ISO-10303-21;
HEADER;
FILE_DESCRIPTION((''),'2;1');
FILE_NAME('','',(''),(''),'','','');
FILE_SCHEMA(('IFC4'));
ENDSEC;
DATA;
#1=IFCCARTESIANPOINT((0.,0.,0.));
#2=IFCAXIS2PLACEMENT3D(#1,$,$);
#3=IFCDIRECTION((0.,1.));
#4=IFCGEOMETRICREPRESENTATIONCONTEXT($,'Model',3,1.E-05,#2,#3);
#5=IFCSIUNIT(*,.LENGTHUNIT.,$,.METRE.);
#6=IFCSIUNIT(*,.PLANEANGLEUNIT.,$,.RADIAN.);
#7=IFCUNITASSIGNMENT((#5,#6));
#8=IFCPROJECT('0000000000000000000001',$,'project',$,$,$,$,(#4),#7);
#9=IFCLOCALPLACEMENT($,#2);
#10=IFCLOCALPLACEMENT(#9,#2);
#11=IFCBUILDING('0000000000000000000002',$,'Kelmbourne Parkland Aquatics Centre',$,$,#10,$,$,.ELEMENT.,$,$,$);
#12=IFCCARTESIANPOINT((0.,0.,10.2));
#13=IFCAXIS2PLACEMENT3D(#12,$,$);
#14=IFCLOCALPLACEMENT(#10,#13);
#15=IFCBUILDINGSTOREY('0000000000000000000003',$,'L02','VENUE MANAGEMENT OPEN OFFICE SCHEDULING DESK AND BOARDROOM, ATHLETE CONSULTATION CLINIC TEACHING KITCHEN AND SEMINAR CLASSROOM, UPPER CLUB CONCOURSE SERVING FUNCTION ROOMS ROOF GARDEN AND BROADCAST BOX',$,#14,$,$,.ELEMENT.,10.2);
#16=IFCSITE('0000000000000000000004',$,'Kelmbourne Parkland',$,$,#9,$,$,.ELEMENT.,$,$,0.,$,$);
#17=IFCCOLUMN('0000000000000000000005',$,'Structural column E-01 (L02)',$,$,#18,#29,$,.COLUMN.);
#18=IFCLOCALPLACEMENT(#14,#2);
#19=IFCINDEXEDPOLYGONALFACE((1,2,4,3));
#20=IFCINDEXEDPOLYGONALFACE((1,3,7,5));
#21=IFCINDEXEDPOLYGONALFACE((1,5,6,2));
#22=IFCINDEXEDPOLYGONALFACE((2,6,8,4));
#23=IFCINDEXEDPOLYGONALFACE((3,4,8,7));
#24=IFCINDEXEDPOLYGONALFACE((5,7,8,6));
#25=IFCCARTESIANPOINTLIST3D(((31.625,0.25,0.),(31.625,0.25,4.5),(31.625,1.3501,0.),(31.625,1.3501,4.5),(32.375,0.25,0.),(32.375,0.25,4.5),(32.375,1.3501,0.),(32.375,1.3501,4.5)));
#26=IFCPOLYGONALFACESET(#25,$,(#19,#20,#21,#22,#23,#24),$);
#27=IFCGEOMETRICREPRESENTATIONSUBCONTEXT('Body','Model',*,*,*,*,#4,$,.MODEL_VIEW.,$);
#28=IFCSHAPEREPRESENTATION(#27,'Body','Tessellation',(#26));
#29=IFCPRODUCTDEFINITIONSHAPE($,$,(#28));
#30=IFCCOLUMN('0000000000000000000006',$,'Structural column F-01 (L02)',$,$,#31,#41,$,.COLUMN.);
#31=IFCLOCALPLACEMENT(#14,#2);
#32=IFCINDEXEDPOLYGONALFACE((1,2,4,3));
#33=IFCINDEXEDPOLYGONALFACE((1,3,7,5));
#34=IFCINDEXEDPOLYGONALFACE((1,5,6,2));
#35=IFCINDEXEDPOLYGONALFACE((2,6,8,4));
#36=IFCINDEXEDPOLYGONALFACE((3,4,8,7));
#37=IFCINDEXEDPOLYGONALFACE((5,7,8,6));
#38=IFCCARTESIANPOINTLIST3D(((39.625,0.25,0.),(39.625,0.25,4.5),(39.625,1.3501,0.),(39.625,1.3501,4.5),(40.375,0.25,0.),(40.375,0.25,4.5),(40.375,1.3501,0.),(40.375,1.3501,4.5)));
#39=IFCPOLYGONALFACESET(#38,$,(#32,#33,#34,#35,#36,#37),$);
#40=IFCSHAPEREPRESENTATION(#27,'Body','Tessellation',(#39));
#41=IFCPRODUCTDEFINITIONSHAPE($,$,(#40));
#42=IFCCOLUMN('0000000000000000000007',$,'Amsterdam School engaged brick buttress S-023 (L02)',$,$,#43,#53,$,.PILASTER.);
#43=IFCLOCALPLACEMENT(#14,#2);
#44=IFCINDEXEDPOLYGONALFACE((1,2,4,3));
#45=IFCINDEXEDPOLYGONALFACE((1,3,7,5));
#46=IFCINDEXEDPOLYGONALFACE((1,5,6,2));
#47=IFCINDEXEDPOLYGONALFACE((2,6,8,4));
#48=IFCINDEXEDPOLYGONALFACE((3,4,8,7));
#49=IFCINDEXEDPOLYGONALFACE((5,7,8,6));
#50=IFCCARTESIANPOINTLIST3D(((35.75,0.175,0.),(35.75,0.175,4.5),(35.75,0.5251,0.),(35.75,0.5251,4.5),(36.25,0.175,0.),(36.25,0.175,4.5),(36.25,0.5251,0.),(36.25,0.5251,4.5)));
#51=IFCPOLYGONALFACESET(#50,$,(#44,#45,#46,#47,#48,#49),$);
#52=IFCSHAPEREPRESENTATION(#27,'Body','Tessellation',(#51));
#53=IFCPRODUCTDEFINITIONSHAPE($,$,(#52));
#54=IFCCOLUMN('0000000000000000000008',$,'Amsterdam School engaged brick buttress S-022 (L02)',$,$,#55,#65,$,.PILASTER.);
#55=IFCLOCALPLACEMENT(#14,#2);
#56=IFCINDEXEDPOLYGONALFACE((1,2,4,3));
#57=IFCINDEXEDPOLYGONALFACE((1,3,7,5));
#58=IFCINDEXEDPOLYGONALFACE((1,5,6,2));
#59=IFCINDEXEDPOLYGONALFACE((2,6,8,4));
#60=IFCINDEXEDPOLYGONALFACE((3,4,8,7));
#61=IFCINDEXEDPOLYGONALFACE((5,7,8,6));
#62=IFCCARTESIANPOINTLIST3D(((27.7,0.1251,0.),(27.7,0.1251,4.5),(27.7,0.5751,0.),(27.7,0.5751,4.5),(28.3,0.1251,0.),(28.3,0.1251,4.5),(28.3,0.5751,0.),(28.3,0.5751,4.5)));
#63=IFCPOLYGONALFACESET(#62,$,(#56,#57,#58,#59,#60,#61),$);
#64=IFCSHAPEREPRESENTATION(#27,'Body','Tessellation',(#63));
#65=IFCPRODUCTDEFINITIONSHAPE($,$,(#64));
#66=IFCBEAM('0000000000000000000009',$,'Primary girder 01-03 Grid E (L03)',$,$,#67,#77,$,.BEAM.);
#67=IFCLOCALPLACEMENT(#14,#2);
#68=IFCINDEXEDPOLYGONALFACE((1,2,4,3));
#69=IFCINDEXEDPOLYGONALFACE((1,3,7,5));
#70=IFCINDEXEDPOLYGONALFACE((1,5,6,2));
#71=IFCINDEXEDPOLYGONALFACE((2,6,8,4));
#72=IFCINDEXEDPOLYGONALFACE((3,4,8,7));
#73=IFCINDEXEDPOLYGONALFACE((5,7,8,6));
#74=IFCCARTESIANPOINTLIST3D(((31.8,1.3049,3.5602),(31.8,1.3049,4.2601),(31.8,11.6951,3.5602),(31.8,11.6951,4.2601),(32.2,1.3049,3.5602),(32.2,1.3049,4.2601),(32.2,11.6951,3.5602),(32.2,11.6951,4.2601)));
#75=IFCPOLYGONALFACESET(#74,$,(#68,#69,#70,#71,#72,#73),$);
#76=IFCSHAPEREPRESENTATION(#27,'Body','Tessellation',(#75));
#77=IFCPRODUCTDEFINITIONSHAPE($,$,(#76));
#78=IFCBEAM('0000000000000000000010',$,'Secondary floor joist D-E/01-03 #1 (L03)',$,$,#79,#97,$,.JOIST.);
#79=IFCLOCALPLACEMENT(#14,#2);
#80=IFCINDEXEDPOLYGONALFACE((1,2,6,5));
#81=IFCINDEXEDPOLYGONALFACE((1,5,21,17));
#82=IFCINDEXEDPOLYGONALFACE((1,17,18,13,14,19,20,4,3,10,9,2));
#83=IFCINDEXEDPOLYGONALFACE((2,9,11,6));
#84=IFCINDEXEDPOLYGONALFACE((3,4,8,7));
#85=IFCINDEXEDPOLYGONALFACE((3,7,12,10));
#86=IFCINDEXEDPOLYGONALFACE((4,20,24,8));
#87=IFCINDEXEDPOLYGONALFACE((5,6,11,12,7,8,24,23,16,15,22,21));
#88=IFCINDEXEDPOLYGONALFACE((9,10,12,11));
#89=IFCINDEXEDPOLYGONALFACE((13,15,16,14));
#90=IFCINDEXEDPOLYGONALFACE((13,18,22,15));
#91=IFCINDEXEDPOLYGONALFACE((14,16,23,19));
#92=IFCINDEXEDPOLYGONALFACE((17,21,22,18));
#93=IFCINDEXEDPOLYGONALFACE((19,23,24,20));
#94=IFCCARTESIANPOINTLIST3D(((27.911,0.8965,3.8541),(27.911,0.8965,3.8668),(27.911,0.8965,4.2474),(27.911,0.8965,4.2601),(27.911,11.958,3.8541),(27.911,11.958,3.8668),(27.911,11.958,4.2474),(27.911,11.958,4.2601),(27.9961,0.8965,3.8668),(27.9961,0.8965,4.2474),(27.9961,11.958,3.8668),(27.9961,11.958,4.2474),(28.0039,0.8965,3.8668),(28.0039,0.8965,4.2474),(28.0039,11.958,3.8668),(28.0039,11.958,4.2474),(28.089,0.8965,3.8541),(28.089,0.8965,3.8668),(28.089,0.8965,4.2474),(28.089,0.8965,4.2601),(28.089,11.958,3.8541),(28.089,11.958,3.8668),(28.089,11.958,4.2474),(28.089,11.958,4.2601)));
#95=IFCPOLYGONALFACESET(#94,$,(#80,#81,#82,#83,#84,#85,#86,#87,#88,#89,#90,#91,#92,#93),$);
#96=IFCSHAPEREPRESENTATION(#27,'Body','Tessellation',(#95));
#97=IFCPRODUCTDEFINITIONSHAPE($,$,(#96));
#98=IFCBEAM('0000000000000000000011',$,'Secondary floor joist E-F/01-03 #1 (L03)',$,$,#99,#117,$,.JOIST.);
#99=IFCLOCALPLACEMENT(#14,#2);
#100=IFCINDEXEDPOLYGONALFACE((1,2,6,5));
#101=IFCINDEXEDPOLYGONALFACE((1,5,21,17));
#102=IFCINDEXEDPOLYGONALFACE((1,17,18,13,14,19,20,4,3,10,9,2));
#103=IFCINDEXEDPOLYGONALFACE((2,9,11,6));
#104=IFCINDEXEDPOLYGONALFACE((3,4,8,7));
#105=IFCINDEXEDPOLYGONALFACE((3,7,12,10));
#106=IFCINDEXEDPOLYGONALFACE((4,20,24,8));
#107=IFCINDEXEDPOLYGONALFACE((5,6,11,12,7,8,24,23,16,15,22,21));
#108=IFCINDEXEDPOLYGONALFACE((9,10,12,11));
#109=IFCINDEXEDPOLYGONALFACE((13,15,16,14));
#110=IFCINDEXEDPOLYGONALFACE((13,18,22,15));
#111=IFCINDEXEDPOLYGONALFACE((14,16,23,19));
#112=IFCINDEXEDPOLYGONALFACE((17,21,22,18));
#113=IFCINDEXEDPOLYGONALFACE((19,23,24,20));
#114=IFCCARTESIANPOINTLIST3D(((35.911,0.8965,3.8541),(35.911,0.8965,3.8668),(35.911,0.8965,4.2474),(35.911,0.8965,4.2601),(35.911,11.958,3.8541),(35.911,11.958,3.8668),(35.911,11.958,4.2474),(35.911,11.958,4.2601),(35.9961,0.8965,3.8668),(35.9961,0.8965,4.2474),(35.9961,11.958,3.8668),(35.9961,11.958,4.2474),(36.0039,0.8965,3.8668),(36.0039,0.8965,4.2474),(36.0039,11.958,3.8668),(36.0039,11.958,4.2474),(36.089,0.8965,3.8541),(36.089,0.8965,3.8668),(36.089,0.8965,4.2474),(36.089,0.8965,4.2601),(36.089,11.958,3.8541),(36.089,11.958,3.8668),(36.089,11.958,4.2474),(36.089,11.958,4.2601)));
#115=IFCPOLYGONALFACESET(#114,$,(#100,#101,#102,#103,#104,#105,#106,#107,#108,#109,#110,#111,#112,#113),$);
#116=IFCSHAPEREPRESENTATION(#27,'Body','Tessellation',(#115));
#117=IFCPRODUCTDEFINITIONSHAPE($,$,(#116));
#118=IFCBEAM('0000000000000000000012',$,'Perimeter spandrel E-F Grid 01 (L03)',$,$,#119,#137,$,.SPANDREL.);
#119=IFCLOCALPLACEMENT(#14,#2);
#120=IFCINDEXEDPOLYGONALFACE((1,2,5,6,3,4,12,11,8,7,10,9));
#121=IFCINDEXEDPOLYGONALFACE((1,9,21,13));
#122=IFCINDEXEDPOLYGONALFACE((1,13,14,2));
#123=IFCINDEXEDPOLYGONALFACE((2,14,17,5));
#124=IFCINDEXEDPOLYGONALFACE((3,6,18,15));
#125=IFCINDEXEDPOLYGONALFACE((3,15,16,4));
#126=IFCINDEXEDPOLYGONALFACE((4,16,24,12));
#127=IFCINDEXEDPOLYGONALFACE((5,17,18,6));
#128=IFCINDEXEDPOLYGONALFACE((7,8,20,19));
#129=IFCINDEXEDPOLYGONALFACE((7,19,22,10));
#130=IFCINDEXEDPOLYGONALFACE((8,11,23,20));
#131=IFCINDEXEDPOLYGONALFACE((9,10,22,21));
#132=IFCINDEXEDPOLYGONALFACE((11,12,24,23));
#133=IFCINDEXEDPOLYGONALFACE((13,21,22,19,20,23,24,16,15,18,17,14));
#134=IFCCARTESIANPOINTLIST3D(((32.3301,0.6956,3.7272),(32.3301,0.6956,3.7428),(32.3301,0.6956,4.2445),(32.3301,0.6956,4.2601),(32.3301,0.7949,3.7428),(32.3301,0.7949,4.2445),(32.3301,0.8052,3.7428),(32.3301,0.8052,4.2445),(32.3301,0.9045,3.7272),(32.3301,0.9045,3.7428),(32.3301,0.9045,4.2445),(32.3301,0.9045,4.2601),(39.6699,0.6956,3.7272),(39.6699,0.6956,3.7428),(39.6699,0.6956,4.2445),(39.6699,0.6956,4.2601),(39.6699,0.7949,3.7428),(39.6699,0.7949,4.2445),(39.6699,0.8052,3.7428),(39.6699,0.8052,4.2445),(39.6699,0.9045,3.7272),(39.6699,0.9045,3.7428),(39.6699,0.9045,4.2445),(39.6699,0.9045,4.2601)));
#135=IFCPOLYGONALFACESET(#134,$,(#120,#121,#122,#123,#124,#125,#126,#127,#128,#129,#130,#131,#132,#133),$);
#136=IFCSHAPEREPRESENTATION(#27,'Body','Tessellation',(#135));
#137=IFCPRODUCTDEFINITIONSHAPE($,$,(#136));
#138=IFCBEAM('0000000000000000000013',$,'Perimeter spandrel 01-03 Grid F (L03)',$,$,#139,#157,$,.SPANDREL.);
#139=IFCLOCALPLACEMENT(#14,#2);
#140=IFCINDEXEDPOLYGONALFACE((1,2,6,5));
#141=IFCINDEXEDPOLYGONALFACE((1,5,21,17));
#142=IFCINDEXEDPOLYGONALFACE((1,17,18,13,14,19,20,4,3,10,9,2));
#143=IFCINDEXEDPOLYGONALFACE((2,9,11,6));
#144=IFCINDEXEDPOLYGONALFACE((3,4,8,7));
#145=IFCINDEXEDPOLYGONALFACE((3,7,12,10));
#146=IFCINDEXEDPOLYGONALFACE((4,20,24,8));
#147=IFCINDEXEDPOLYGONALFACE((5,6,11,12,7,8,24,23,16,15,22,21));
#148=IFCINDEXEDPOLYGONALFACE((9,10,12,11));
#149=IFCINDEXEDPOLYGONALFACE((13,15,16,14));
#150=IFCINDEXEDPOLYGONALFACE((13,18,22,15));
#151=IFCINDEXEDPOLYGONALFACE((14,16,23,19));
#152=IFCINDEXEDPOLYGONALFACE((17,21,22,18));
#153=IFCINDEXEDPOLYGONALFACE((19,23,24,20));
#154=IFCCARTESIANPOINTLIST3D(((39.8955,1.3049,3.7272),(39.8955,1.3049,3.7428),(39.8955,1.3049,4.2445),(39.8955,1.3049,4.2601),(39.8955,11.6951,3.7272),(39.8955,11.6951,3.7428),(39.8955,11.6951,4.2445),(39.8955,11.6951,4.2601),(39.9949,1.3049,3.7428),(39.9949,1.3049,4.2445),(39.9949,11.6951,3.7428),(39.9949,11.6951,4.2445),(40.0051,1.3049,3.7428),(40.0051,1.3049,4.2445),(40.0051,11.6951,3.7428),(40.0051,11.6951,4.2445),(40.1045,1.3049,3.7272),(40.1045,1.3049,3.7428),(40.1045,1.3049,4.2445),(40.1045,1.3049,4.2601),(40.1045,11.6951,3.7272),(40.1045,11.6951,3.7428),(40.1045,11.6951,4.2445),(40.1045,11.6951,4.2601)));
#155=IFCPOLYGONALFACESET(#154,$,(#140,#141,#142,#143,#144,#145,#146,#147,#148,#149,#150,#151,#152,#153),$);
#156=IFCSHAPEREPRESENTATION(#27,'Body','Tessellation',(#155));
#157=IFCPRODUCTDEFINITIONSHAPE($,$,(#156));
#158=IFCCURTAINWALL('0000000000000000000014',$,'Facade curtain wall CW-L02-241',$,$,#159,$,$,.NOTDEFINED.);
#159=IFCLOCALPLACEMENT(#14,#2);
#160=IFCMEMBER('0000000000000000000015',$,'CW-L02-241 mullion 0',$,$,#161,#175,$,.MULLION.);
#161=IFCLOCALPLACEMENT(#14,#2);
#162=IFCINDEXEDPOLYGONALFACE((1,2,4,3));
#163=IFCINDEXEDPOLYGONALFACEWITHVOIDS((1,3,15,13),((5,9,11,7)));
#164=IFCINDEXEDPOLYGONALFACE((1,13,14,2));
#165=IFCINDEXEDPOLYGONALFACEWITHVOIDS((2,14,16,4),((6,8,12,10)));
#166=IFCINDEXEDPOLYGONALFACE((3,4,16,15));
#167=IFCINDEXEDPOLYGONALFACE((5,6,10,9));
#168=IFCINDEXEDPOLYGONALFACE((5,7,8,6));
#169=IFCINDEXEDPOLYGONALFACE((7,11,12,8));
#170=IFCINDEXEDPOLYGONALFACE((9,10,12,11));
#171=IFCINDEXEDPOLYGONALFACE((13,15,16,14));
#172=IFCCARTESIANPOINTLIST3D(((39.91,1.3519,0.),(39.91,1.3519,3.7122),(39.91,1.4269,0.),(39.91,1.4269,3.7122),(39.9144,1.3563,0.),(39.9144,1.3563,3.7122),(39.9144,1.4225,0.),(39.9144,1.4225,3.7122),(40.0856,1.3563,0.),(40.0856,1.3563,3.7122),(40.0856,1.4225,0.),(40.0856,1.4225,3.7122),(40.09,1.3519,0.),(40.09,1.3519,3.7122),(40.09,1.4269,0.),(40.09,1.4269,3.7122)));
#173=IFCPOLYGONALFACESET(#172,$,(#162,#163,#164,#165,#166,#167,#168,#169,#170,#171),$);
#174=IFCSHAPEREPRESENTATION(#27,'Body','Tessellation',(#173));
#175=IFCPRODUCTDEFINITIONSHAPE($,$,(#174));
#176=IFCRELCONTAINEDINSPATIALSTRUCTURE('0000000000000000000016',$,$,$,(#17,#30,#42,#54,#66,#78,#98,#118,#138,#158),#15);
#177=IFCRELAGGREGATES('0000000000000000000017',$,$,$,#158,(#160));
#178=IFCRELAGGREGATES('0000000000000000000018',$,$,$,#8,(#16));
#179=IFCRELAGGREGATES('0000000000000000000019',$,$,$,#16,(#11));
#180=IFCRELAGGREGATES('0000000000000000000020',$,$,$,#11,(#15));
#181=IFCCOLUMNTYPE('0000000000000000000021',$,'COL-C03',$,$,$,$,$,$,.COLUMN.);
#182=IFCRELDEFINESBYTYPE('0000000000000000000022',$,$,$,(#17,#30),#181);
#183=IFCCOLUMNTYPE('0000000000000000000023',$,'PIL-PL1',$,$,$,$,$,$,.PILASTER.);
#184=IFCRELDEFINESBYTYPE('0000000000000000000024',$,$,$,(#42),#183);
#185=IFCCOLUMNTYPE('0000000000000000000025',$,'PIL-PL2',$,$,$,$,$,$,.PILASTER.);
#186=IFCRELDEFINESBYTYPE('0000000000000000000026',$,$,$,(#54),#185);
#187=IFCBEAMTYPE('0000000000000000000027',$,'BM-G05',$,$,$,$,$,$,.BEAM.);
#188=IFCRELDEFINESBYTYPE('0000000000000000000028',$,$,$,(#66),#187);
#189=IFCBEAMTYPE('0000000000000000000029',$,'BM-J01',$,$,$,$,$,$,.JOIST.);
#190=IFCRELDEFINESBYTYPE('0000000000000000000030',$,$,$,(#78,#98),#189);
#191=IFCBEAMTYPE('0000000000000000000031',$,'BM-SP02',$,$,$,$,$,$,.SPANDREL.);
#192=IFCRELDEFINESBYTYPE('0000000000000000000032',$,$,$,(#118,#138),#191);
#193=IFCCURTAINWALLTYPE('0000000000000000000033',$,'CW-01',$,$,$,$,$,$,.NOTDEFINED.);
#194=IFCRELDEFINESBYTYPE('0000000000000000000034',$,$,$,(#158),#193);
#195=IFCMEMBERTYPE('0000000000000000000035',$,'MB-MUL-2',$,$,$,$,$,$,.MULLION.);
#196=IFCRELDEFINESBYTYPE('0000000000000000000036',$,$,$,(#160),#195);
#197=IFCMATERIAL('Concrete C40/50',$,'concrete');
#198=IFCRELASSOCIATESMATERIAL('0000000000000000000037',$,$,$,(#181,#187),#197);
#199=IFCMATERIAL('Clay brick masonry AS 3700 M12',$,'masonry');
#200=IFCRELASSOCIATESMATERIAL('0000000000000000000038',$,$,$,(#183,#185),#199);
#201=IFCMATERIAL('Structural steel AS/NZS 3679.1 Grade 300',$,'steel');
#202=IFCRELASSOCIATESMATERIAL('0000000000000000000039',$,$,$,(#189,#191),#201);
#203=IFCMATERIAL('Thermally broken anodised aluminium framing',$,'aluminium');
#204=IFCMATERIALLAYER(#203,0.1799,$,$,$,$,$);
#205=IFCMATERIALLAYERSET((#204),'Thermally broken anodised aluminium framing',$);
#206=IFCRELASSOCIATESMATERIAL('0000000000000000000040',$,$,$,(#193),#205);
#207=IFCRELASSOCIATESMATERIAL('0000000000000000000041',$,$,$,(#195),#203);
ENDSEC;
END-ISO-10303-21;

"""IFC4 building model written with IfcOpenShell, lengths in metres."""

from ifc_helpers import new_model, si_unit, direction, frame, origin, origin_2d, place, context, subcontext, project, spatial, rectangle, hollow_rectangle, i_section, extrude, material, layer, layer_set, material_profile, profile_set, type_object, element, aggregate, save


model = new_model("IFC4")

# Units and contexts
model_context = context("Model", 3, precision=1e-05, world=origin(), true_north=direction((0.0, 1.0)))
body_context = subcontext(model_context, "Body", "Model", "MODEL_VIEW")
ifc_project = project(units=[si_unit("LENGTHUNIT", "METRE"), si_unit("PLANEANGLEUNIT", "RADIAN")], contexts=[model_context])

# Site, building, storey
site_placement = place(None, origin())
site = spatial("IfcSite", under=ifc_project, at=site_placement, Name="Kelmbourne Parkland", CompositionType="ELEMENT", RefElevation=0.0)
building_placement = place(site_placement, origin())
building = spatial("IfcBuilding", under=site, at=building_placement, Name="Kelmbourne Parkland Aquatics Centre", CompositionType="ELEMENT")
storey_placement = place(building_placement, frame((0.0, 0.0, 10.2)))
storey = spatial("IfcBuildingStorey", under=building, at=storey_placement, Name="L02", Description="VENUE MANAGEMENT OPEN OFFICE SCHEDULING DESK AND BOARDROOM, ATHLETE CONSULTATION CLINIC TEACHING KITCHEN AND SEMINAR CLASSROOM, UPPER CLUB CONCOURSE SERVING FUNCTION ROOMS ROOF GARDEN AND BROADCAST BOX", CompositionType="ELEMENT", Elevation=10.2)

# Columns
ifc_material_1 = material(Name="Concrete C40/50", Category="concrete")
ifc_material_profile_1 = material_profile(ifc_material_1, rectangle(XDim=0.75, YDim=1.1001, at=origin_2d()), Name="RC 750x1100")
ifc_profile_set_1 = profile_set([ifc_material_profile_1], Name="Concrete C40/50")
column_type_1 = type_object("IfcColumnType", Name="COL-C03", PredefinedType="COLUMN", material=ifc_profile_set_1)
for number, where, z_axis, x_axis, name in (
    (1, (32.0, 0.8, 0.0), (0.0, 0.0, 1.0), (1.0, 0.0, 0.0), "Structural column E-01 (L02)"),
    (2, (40.0, 0.8, 0.0), (0.0, 0.0, 1.0), (1.0, 0.0, 0.0), "Structural column F-01 (L02)"),
):
    element("IfcColumn", number, at=place(storey_placement, frame(where, z_axis=z_axis, x_axis=x_axis)), inside=storey, type_object=column_type_1, Name=name, PredefinedType="COLUMN", context=body_context, shape_type="SweptSolid", body=[
        extrude(rectangle(XDim=0.75, YDim=1.1001, at=origin_2d()), origin(), (0.0, 0.0, 1.0), 4.5),
    ])
ifc_material_2 = material(Name="Clay brick masonry AS 3700 M12", Category="masonry")
ifc_material_profile_2 = material_profile(ifc_material_2, rectangle(XDim=0.3501, YDim=0.5, at=origin_2d()), Name="PIL 350x500")
ifc_profile_set_2 = profile_set([ifc_material_profile_2], Name="Clay brick masonry AS 3700 M12")
column_type_2 = type_object("IfcColumnType", Name="PIL-PL1", PredefinedType="PILASTER", material=ifc_profile_set_2)
column_1_placement = place(storey_placement, frame((36.0, 0.3501, 0.0), z_axis=(0.0, 0.0, 1.0), x_axis=(0.0, 1.0, 0.0)))
element("IfcColumn", 3, at=column_1_placement, inside=storey, type_object=column_type_2, Name="Amsterdam School engaged brick buttress S-023 (L02)", PredefinedType="PILASTER", context=body_context, shape_type="SweptSolid", body=[
    extrude(rectangle(XDim=0.3501, YDim=0.5, at=origin_2d()), origin(), (0.0, 0.0, 1.0), 4.5),
])
ifc_material_profile_3 = material_profile(ifc_material_2, rectangle(XDim=0.45, YDim=0.6001, at=origin_2d()), Name="PIL 450x600")
ifc_profile_set_3 = profile_set([ifc_material_profile_3], Name="Clay brick masonry AS 3700 M12")
column_type_3 = type_object("IfcColumnType", Name="PIL-PL2", PredefinedType="PILASTER", material=ifc_profile_set_3)
column_2_placement = place(storey_placement, frame((28.0, 0.3501, 0.0), z_axis=(0.0, 0.0, 1.0), x_axis=(0.0, 1.0, 0.0)))
element("IfcColumn", 4, at=column_2_placement, inside=storey, type_object=column_type_3, Name="Amsterdam School engaged brick buttress S-022 (L02)", PredefinedType="PILASTER", context=body_context, shape_type="SweptSolid", body=[
    extrude(rectangle(XDim=0.45, YDim=0.6001, at=origin_2d()), origin(), (0.0, 0.0, 1.0), 4.5),
])

# Beams
ifc_material_profile_4 = material_profile(ifc_material_1, rectangle(XDim=0.3999, YDim=0.7, at=origin_2d()), Name="RC 400x700")
ifc_profile_set_4 = profile_set([ifc_material_profile_4], Name="Concrete C40/50")
beam_type_1 = type_object("IfcBeamType", Name="BM-G05", PredefinedType="BEAM", material=ifc_profile_set_4)
beam_1_placement = place(storey_placement, frame((32.0, 1.3049, 3.9102), z_axis=(0.0, 1.0, 0.0), x_axis=(-1.0, 0.0, 0.0)))
element("IfcBeam", 5, at=beam_1_placement, inside=storey, type_object=beam_type_1, Name="Primary girder 01-03 Grid E (L03)", PredefinedType="BEAM", context=body_context, shape_type="SweptSolid", body=[
    extrude(rectangle(XDim=0.3999, YDim=0.7, at=origin_2d()), origin(), (0.0, 0.0, 1.0), 10.3901),
])
ifc_material_3 = material(Name="Structural steel AS/NZS 3679.1 Grade 300", Category="steel")
ifc_material_profile_5 = material_profile(ifc_material_3, i_section(OverallWidth=0.178, OverallDepth=0.406, WebThickness=0.0078, FlangeThickness=0.0127, at=origin_2d()), Name="410UB59.7")
ifc_profile_set_5 = profile_set([ifc_material_profile_5], Name="Structural steel AS/NZS 3679.1 Grade 300")
beam_type_2 = type_object("IfcBeamType", Name="BM-J01", PredefinedType="JOIST", material=ifc_profile_set_5)
for number, where, z_axis, x_axis, name in (
    (6, (28.0, 0.8965, 4.0571), (0.0, 1.0, 0.0), (-1.0, 0.0, 0.0), "Secondary floor joist D-E/01-03 #1 (L03)"),
    (7, (36.0, 0.8965, 4.0571), (0.0, 1.0, 0.0), (-1.0, 0.0, 0.0), "Secondary floor joist E-F/01-03 #1 (L03)"),
):
    element("IfcBeam", number, at=place(storey_placement, frame(where, z_axis=z_axis, x_axis=x_axis)), inside=storey, type_object=beam_type_2, Name=name, PredefinedType="JOIST", context=body_context, shape_type="SweptSolid", body=[
        extrude(i_section(OverallWidth=0.178, OverallDepth=0.406, WebThickness=0.0078, FlangeThickness=0.0127, at=origin_2d()), origin(), (0.0, 0.0, 1.0), 11.0615),
    ])
ifc_material_profile_6 = material_profile(ifc_material_3, i_section(OverallWidth=0.209, OverallDepth=0.533, WebThickness=0.0103, FlangeThickness=0.0156, at=origin_2d()), Name="530UB92.4")
ifc_profile_set_6 = profile_set([ifc_material_profile_6], Name="Structural steel AS/NZS 3679.1 Grade 300")
beam_type_3 = type_object("IfcBeamType", Name="BM-SP02", PredefinedType="SPANDREL", material=ifc_profile_set_6)
beam_2_placement = place(storey_placement, frame((32.3301, 0.8, 3.9937), z_axis=(1.0, 0.0, 0.0), x_axis=(0.0, 1.0, 0.0)))
element("IfcBeam", 8, at=beam_2_placement, inside=storey, type_object=beam_type_3, Name="Perimeter spandrel E-F Grid 01 (L03)", PredefinedType="SPANDREL", context=body_context, shape_type="SweptSolid", body=[
    extrude(i_section(OverallWidth=0.209, OverallDepth=0.533, WebThickness=0.0103, FlangeThickness=0.0156, at=origin_2d()), origin(), (0.0, 0.0, 1.0), 7.3398),
])
beam_3_placement = place(storey_placement, frame((40.0, 1.3049, 3.9937), z_axis=(0.0, 1.0, 0.0), x_axis=(-1.0, 0.0, 0.0)))
element("IfcBeam", 9, at=beam_3_placement, inside=storey, type_object=beam_type_3, Name="Perimeter spandrel 01-03 Grid F (L03)", PredefinedType="SPANDREL", context=body_context, shape_type="SweptSolid", body=[
    extrude(i_section(OverallWidth=0.209, OverallDepth=0.533, WebThickness=0.0103, FlangeThickness=0.0156, at=origin_2d()), origin(), (0.0, 0.0, 1.0), 10.3901),
])

# Curtain wall, member
ifc_material_4 = material(Name="Thermally broken anodised aluminium framing", Category="aluminium")
ifc_layer_1 = layer(ifc_material_4, 0.1799)
ifc_layer_set_1 = layer_set([ifc_layer_1], Name="Thermally broken anodised aluminium framing")
curtain_wall_type = type_object("IfcCurtainWallType", Name="CW-01", PredefinedType="NOTDEFINED", material=ifc_layer_set_1)
curtain_wall_placement = place(storey_placement, origin())
curtain_wall = element("IfcCurtainWall", 10, at=curtain_wall_placement, inside=storey, type_object=curtain_wall_type, Name="Facade curtain wall CW-L02-241", PredefinedType="NOTDEFINED")
ifc_material_profile_7 = material_profile(ifc_material_4, hollow_rectangle(XDim=0.075, YDim=0.1799, WallThickness=0.0044, at=origin_2d()), Name="CW-M 75x180")
ifc_profile_set_7 = profile_set([ifc_material_profile_7], Name="Thermally broken anodised aluminium framing")
member_type_1 = type_object("IfcMemberType", Name="MB-MUL-2", PredefinedType="MULLION", material=ifc_profile_set_7)
member_1_placement = place(storey_placement, frame((40.0, 1.3894, 0.0), z_axis=(0.0, 0.0, 1.0), x_axis=(0.0, 1.0, 0.0)))
member_1 = element("IfcMember", 11, at=member_1_placement, type_object=member_type_1, Name="CW-L02-241 mullion 0", PredefinedType="MULLION", context=body_context, shape_type="SweptSolid", body=[
    extrude(hollow_rectangle(XDim=0.075, YDim=0.1799, WallThickness=0.0044, at=origin_2d()), origin(), (0.0, 0.0, 1.0), 3.7122),
])
aggregate(curtain_wall, [member_1])

save(model, "model.ifc")
